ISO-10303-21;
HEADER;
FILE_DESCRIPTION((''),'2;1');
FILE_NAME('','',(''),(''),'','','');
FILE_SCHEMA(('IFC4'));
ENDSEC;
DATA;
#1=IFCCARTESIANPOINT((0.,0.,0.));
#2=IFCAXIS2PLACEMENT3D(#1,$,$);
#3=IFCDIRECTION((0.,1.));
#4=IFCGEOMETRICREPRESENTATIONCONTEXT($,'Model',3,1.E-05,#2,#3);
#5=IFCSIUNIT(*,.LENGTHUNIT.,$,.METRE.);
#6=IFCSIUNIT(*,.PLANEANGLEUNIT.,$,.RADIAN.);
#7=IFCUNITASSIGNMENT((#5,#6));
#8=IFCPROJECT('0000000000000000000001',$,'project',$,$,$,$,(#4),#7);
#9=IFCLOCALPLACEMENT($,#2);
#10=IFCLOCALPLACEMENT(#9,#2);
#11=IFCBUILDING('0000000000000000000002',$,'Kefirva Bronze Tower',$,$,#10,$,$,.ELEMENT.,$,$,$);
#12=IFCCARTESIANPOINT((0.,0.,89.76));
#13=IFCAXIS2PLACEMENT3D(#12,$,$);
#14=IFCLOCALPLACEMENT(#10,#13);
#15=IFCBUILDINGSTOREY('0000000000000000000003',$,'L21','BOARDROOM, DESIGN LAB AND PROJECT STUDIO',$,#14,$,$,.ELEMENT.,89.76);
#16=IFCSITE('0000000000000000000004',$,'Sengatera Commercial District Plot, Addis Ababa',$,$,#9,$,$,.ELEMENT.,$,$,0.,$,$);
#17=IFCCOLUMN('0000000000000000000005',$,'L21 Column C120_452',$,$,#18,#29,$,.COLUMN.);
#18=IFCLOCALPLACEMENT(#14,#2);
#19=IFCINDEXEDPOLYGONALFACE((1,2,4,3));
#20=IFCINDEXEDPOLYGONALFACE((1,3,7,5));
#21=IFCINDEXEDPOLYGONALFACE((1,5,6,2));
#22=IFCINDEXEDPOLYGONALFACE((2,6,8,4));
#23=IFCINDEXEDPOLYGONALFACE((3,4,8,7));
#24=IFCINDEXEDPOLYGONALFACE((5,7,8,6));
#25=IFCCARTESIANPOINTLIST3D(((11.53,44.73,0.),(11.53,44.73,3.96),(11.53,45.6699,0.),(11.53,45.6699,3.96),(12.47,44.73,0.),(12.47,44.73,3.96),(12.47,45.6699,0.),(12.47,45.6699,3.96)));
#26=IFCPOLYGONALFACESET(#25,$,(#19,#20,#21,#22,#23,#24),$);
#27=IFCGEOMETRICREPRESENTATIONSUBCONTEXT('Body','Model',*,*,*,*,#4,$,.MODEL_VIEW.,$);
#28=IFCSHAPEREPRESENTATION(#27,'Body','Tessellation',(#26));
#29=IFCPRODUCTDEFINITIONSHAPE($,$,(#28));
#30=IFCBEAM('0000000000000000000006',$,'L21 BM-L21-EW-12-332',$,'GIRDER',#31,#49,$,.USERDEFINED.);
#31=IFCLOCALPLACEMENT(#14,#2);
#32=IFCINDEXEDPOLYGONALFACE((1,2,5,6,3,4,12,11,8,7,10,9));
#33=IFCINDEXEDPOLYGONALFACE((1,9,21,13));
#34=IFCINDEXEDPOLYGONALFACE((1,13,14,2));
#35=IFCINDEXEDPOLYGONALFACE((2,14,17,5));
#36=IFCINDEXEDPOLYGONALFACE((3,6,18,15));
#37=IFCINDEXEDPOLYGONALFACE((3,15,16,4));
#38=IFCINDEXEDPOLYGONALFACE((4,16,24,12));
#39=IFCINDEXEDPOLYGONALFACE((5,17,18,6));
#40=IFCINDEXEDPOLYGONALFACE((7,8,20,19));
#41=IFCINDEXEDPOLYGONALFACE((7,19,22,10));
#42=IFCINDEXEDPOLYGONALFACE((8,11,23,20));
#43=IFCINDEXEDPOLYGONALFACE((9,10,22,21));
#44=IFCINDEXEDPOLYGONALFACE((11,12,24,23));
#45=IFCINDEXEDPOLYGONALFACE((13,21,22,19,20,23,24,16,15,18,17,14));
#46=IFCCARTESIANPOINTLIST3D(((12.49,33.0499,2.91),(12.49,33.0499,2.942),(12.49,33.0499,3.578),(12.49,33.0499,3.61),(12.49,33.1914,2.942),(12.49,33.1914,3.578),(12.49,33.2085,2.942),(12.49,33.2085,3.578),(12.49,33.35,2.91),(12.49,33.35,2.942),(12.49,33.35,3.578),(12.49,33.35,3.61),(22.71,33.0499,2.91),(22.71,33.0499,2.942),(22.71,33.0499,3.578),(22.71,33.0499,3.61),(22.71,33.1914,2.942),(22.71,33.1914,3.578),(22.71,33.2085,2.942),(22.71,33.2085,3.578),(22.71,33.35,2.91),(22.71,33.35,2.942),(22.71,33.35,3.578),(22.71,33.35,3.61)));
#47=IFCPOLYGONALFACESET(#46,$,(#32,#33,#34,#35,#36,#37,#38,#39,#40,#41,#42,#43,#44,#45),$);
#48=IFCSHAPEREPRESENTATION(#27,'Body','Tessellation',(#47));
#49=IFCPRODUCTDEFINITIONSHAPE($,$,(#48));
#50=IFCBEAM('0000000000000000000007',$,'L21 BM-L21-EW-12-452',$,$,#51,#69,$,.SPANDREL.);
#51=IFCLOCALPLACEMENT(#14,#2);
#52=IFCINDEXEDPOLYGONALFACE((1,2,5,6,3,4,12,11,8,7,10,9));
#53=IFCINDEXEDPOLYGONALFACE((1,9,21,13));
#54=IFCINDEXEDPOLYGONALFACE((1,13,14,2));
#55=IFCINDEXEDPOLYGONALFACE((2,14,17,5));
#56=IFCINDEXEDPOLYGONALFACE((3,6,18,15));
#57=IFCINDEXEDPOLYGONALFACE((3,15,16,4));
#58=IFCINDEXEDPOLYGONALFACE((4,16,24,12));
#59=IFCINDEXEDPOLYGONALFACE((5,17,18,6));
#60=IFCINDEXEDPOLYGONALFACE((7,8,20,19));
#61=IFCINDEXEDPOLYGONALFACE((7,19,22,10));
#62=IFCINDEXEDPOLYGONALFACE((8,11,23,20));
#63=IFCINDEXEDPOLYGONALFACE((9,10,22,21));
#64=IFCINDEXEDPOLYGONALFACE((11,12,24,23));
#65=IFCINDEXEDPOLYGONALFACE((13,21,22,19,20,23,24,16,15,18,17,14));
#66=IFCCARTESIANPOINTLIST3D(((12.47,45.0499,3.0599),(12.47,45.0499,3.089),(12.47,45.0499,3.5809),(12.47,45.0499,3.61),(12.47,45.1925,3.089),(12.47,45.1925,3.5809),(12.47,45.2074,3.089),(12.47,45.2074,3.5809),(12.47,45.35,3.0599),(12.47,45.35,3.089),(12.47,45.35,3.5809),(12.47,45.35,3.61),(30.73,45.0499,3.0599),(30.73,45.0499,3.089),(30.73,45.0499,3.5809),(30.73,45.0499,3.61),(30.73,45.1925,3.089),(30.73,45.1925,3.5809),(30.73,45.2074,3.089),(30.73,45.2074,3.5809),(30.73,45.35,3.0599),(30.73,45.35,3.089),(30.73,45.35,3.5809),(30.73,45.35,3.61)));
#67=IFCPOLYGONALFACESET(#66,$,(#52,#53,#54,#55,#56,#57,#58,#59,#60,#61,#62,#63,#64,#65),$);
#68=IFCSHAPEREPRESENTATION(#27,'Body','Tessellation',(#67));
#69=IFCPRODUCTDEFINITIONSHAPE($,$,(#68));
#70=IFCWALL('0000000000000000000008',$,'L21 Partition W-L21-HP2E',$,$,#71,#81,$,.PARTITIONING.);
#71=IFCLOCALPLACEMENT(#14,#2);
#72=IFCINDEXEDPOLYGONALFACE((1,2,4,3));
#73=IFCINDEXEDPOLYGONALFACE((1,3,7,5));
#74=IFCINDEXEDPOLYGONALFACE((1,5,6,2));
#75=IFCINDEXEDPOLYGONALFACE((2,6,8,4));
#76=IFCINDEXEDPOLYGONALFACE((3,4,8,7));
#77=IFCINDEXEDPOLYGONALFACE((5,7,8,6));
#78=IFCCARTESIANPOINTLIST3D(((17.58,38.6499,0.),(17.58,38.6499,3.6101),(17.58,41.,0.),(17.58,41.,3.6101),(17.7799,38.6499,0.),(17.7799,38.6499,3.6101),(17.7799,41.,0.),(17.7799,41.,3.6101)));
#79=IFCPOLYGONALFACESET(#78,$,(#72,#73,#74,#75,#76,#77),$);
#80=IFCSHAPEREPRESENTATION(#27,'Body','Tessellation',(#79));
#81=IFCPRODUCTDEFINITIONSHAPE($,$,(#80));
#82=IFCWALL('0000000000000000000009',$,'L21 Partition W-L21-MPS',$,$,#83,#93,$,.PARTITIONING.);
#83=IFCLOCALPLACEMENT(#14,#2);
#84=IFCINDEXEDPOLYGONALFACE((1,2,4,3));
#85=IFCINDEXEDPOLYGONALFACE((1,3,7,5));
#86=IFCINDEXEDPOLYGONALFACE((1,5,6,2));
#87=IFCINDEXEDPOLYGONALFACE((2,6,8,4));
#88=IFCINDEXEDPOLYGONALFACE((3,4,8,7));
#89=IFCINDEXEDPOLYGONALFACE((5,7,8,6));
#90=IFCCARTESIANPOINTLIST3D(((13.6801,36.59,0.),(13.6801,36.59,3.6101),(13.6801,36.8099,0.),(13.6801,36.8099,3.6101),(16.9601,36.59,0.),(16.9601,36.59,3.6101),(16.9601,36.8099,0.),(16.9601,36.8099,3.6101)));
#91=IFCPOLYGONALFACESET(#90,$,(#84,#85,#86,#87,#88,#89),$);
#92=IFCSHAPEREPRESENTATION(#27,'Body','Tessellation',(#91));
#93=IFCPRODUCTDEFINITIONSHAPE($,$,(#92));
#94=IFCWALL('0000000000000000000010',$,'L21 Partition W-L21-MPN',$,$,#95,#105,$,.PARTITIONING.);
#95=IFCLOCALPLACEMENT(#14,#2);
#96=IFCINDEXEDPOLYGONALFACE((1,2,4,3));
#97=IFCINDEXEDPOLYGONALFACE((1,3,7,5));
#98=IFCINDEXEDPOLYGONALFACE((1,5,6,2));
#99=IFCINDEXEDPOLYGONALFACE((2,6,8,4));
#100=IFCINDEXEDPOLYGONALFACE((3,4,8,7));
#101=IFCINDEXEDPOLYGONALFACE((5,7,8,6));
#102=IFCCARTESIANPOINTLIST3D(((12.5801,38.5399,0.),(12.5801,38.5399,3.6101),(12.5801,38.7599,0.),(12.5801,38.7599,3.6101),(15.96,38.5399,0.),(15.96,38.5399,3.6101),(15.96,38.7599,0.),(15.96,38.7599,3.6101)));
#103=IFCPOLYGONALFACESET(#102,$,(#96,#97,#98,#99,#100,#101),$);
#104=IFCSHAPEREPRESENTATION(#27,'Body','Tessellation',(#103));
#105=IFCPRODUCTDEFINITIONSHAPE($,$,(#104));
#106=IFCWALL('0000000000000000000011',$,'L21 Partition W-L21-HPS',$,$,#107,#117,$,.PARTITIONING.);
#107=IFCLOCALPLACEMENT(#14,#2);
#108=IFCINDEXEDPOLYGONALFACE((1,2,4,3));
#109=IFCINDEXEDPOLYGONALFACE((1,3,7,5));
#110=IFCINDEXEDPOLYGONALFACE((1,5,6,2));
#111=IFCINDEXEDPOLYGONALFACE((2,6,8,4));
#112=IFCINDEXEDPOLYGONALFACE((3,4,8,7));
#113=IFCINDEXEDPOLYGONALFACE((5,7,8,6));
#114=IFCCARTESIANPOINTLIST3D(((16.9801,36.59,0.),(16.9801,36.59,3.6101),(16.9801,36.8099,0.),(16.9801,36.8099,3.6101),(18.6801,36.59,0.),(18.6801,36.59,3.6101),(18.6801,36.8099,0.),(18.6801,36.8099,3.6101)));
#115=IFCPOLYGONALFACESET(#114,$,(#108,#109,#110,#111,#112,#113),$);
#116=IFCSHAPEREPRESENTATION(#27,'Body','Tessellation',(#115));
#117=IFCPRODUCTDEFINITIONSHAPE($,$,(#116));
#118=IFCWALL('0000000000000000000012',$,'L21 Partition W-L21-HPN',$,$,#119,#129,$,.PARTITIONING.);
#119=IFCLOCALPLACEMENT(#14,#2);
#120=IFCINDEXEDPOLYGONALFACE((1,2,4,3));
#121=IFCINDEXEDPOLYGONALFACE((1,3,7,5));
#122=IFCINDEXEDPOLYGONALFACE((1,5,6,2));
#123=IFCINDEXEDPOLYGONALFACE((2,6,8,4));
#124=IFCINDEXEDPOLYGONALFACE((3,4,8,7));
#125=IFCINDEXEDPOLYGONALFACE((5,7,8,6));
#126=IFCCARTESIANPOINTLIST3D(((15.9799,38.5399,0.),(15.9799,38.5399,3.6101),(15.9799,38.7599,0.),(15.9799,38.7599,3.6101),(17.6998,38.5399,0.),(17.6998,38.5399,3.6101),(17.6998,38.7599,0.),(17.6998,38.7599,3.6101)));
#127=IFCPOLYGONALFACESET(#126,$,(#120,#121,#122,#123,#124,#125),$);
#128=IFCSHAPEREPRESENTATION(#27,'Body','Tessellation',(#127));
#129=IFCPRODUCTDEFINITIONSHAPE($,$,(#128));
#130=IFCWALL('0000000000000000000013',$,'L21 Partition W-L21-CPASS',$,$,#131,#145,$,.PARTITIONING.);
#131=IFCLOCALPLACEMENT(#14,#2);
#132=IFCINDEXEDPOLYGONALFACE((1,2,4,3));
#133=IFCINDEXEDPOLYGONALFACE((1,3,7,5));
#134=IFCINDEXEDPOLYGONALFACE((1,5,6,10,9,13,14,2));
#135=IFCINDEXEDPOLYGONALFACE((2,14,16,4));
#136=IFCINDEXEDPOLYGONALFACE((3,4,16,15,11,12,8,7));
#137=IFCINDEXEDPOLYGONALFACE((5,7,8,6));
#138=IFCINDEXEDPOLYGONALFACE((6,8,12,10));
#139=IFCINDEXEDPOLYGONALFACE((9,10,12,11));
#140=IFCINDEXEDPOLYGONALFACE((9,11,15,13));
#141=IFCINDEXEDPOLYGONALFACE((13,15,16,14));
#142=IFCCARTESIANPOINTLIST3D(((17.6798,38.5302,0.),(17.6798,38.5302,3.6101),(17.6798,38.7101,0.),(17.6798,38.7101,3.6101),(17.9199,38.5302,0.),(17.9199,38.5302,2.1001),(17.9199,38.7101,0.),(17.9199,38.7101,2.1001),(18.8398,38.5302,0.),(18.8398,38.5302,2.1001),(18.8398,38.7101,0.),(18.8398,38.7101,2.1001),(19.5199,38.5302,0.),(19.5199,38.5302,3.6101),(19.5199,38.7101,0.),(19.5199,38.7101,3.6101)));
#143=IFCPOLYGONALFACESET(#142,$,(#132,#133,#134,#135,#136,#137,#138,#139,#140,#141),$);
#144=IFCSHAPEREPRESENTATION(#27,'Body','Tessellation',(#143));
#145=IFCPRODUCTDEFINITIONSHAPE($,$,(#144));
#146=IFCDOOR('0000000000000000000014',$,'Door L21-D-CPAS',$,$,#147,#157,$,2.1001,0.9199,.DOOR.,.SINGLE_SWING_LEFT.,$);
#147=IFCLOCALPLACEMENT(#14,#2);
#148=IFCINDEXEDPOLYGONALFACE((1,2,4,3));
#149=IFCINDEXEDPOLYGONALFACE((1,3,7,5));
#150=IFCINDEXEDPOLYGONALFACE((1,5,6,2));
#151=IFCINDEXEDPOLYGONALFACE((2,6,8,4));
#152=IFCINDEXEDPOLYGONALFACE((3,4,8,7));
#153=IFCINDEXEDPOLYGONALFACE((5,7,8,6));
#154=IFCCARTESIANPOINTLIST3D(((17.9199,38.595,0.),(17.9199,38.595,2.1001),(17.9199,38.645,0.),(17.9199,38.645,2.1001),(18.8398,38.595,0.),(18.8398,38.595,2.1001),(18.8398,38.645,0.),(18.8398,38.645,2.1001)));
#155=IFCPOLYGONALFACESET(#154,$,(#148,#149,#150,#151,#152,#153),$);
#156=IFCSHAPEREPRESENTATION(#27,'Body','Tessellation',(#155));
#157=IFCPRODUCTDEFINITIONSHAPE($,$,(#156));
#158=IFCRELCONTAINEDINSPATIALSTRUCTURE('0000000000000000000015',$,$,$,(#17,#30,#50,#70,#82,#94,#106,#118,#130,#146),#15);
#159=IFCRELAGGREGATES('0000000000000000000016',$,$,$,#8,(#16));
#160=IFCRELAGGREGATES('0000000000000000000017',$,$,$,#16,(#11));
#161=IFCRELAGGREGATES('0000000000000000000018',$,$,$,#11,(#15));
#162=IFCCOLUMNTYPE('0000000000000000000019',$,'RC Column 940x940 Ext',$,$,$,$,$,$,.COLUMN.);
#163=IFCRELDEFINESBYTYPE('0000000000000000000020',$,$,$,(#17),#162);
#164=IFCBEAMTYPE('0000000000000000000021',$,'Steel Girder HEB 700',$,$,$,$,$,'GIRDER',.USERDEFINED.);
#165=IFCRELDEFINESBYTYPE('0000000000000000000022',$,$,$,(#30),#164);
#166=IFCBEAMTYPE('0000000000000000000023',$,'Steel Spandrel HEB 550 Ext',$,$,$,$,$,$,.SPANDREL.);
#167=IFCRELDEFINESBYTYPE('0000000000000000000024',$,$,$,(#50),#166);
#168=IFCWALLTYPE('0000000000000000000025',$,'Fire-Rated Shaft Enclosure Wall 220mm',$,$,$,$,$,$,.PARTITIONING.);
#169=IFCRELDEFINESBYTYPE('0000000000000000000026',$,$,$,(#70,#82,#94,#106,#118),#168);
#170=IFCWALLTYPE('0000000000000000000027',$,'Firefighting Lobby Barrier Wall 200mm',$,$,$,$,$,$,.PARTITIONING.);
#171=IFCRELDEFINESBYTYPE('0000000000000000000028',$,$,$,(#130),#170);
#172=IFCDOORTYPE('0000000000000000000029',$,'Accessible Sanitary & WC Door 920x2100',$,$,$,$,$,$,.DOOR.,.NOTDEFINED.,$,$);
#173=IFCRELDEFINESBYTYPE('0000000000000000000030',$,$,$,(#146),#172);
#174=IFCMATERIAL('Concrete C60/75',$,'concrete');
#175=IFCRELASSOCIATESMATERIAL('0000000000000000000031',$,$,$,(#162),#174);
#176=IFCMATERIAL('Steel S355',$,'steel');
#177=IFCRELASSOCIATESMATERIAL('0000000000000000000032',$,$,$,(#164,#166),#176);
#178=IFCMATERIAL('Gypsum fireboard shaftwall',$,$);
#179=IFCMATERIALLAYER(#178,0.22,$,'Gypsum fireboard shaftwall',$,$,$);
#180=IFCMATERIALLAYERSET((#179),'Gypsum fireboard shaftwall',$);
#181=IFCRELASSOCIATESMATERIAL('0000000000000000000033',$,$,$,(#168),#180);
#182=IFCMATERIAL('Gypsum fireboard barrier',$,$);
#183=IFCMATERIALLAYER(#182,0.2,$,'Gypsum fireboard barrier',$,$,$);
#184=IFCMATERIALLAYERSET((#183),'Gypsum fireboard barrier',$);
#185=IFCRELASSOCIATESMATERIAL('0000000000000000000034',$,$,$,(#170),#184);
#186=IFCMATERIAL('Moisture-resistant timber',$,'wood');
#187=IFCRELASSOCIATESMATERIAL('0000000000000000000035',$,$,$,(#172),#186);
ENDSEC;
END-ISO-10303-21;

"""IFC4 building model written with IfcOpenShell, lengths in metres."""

from ifc_helpers import new_model, si_unit, direction, frame, frame_2d, origin, origin_2d, place, context, subcontext, project, spatial, rectangle, i_section, extrude, material, layer, layer_set, material_profile, profile_set, type_object, element, fill, save


model = new_model("IFC4")

# Units and contexts
model_context = context("Model", 3, precision=1e-05, world=origin(), true_north=direction((0.0, 1.0)))
body_context = subcontext(model_context, "Body", "Model", "MODEL_VIEW")
ifc_project = project(units=[si_unit("LENGTHUNIT", "METRE"), si_unit("PLANEANGLEUNIT", "RADIAN")], contexts=[model_context])

# Site, building, storey
site_placement = place(None, origin())
site = spatial("IfcSite", under=ifc_project, at=site_placement, Name="Sengatera Commercial District Plot, Addis Ababa", CompositionType="ELEMENT", RefElevation=0.0)
building_placement = place(site_placement, origin())
building = spatial("IfcBuilding", under=site, at=building_placement, Name="Kefirva Bronze Tower", CompositionType="ELEMENT")
storey_placement = place(building_placement, frame((0.0, 0.0, 89.76)))
storey = spatial("IfcBuildingStorey", under=building, at=storey_placement, Name="L21", Description="BOARDROOM, DESIGN LAB AND PROJECT STUDIO", CompositionType="ELEMENT", Elevation=89.76)

# Column
ifc_material_1 = material(Name="Concrete C60/75", Category="concrete")
ifc_material_profile_1 = material_profile(ifc_material_1, rectangle(XDim=0.9399, YDim=0.9399, at=origin_2d()), Name="RC 940x940")
ifc_profile_set_1 = profile_set([ifc_material_profile_1], Name="Concrete C60/75")
column_type = type_object("IfcColumnType", Name="RC Column 940x940 Ext", PredefinedType="COLUMN", material=ifc_profile_set_1)
column_placement = place(storey_placement, frame((12.0, 45.2, 0.0), z_axis=(0.0, 0.0, 1.0), x_axis=(1.0, 0.0, 0.0)))
element("IfcColumn", 1, at=column_placement, inside=storey, type_object=column_type, Name="L21 Column C120_452", PredefinedType="COLUMN", context=body_context, shape_type="SweptSolid", body=[
    extrude(rectangle(XDim=0.9399, YDim=0.9399, at=origin_2d()), origin(), (0.0, 0.0, 1.0), 3.96),
])

# Beams
ifc_material_2 = material(Name="Steel S355", Category="steel")
ifc_material_profile_2 = material_profile(ifc_material_2, i_section(OverallWidth=0.3, OverallDepth=0.7, WebThickness=0.0171, FlangeThickness=0.032, at=origin_2d()), Name="HEB 700")
ifc_profile_set_2 = profile_set([ifc_material_profile_2], Name="Steel S355")
beam_type_1 = type_object("IfcBeamType", Name="Steel Girder HEB 700", ElementType="GIRDER", PredefinedType="USERDEFINED", material=ifc_profile_set_2)
beam_1_placement = place(storey_placement, frame((12.49, 33.2, 3.26), z_axis=(1.0, 0.0, 0.0), x_axis=(0.0, 1.0, 0.0)))
element("IfcBeam", 2, at=beam_1_placement, inside=storey, type_object=beam_type_1, Name="L21 BM-L21-EW-12-332", ObjectType="GIRDER", PredefinedType="USERDEFINED", context=body_context, shape_type="SweptSolid", body=[
    extrude(i_section(OverallWidth=0.3, OverallDepth=0.7, WebThickness=0.0171, FlangeThickness=0.032, at=origin_2d()), origin(), (0.0, 0.0, 1.0), 10.22),
])
ifc_material_profile_3 = material_profile(ifc_material_2, i_section(OverallWidth=0.3, OverallDepth=0.55, WebThickness=0.0149, FlangeThickness=0.0291, at=origin_2d()), Name="HEB 550")
ifc_profile_set_3 = profile_set([ifc_material_profile_3], Name="Steel S355")
beam_type_2 = type_object("IfcBeamType", Name="Steel Spandrel HEB 550 Ext", PredefinedType="SPANDREL", material=ifc_profile_set_3)
beam_2_placement = place(storey_placement, frame((12.47, 45.2, 3.335), z_axis=(1.0, 0.0, 0.0), x_axis=(0.0, 1.0, 0.0)))
element("IfcBeam", 3, at=beam_2_placement, inside=storey, type_object=beam_type_2, Name="L21 BM-L21-EW-12-452", PredefinedType="SPANDREL", context=body_context, shape_type="SweptSolid", body=[
    extrude(i_section(OverallWidth=0.3, OverallDepth=0.55, WebThickness=0.0149, FlangeThickness=0.0291, at=origin_2d()), origin(), (0.0, 0.0, 1.0), 18.26),
])

# Walls
ifc_material_3 = material(Name="Gypsum fireboard shaftwall")
ifc_layer_1 = layer(ifc_material_3, 0.22, Name="Gypsum fireboard shaftwall")
ifc_layer_set_1 = layer_set([ifc_layer_1], Name="Gypsum fireboard shaftwall")
wall_type_1 = type_object("IfcWallType", Name="Fire-Rated Shaft Enclosure Wall 220mm", PredefinedType="PARTITIONING", material=ifc_layer_set_1)
wall_1_placement = place(storey_placement, frame((17.6799, 38.6499, 0.0), z_axis=(0.0, 0.0, 1.0), x_axis=(0.0, 1.0, 0.0)))
element("IfcWall", 4, at=wall_1_placement, inside=storey, type_object=wall_type_1, Name="L21 Partition W-L21-HP2E", PredefinedType="PARTITIONING", context=body_context, shape_type="SweptSolid", body=[
    extrude(rectangle(XDim=2.3501, YDim=0.2, at=frame_2d((1.175, 0.0))), origin(), (0.0, 0.0, 1.0), 3.6101),
])
wall_2_placement = place(storey_placement, frame((13.6799, 36.7, 0.0), z_axis=(0.0, 0.0, 1.0), x_axis=(1.0, 0.0, 0.0)))
element("IfcWall", 5, at=wall_2_placement, inside=storey, type_object=wall_type_1, Name="L21 Partition W-L21-MPS", PredefinedType="PARTITIONING", context=body_context, shape_type="SweptSolid", body=[
    extrude(rectangle(XDim=3.28, YDim=0.22, at=frame_2d((1.6401, 0.0))), origin(), (0.0, 0.0, 1.0), 3.6101),
])
wall_3_placement = place(storey_placement, frame((12.5801, 38.6499, 0.0), z_axis=(0.0, 0.0, 1.0), x_axis=(1.0, 0.0, 0.0)))
element("IfcWall", 6, at=wall_3_placement, inside=storey, type_object=wall_type_1, Name="L21 Partition W-L21-MPN", PredefinedType="PARTITIONING", context=body_context, shape_type="SweptSolid", body=[
    extrude(rectangle(XDim=3.3799, YDim=0.22, at=frame_2d((1.6899, 0.0))), origin(), (0.0, 0.0, 1.0), 3.6101),
])
wall_4_placement = place(storey_placement, frame((16.98, 36.7, 0.0), z_axis=(0.0, 0.0, 1.0), x_axis=(1.0, 0.0, 0.0)))
element("IfcWall", 7, at=wall_4_placement, inside=storey, type_object=wall_type_1, Name="L21 Partition W-L21-HPS", PredefinedType="PARTITIONING", context=body_context, shape_type="SweptSolid", body=[
    extrude(rectangle(XDim=1.7, YDim=0.22, at=frame_2d((0.8501, 0.0))), origin(), (0.0, 0.0, 1.0), 3.6101),
])
wall_5_placement = place(storey_placement, frame((15.98, 38.6499, 0.0), z_axis=(0.0, 0.0, 1.0), x_axis=(1.0, 0.0, 0.0)))
element("IfcWall", 8, at=wall_5_placement, inside=storey, type_object=wall_type_1, Name="L21 Partition W-L21-HPN", PredefinedType="PARTITIONING", context=body_context, shape_type="SweptSolid", body=[
    extrude(rectangle(XDim=1.72, YDim=0.22, at=frame_2d((0.8599, 0.0))), origin(), (0.0, 0.0, 1.0), 3.6101),
])

# Wall, opening, door
ifc_material_4 = material(Name="Gypsum fireboard barrier")
ifc_layer_2 = layer(ifc_material_4, 0.2, Name="Gypsum fireboard barrier")
ifc_layer_set_2 = layer_set([ifc_layer_2], Name="Gypsum fireboard barrier")
wall_type_2 = type_object("IfcWallType", Name="Firefighting Lobby Barrier Wall 200mm", PredefinedType="PARTITIONING", material=ifc_layer_set_2)
wall_6_placement = place(storey_placement, frame((17.6799, 38.6201, 0.0), z_axis=(0.0, 0.0, 1.0), x_axis=(1.0, 0.0, 0.0)))
wall_6 = element("IfcWall", 9, at=wall_6_placement, inside=storey, type_object=wall_type_2, Name="L21 Partition W-L21-CPASS", PredefinedType="PARTITIONING", context=body_context, shape_type="SweptSolid", body=[
    extrude(rectangle(XDim=1.8401, YDim=0.1799, at=frame_2d((0.9199, 0.0))), origin(), (0.0, 0.0, 1.0), 3.6101),
])
opening_1_placement = place(wall_6_placement, frame((0.24, 0.0, 0.0)))
opening_1 = element("IfcOpeningElement", 10, at=opening_1_placement, cuts=wall_6, PredefinedType="OPENING", context=body_context, shape_type="SweptSolid", body=[
    extrude(rectangle(XDim=0.9199, YDim=2.1001, at=frame_2d((0.46, 1.05))), frame((0.0, 0.1001, 0.0), z_axis=(0.0, -1.0, 0.0), x_axis=(1.0, 0.0, 0.0)), (0.0, 0.0, 1.0), 0.2),
])
ifc_material_5 = material(Name="Moisture-resistant timber", Category="wood")
door_type = type_object("IfcDoorType", Name="Accessible Sanitary & WC Door 920x2100", OperationType="NOTDEFINED", PredefinedType="DOOR", material=ifc_material_5)
door_placement = place(opening_1_placement, origin())
door = element("IfcDoor", 11, at=door_placement, inside=storey, type_object=door_type, Name="Door L21-D-CPAS", OperationType="SINGLE_SWING_LEFT", OverallHeight=2.1001, OverallWidth=0.9199, PredefinedType="DOOR", context=body_context, shape_type="SweptSolid", body=[
    extrude(rectangle(XDim=0.9199, YDim=2.1001, at=frame_2d((0.46, 1.05))), frame((0.0, 0.0249, 0.0), z_axis=(0.0, -1.0, 0.0), x_axis=(1.0, 0.0, 0.0)), (0.0, 0.0, 1.0), 0.05),
])
fill(opening_1, door)

save(model, "model.ifc")
